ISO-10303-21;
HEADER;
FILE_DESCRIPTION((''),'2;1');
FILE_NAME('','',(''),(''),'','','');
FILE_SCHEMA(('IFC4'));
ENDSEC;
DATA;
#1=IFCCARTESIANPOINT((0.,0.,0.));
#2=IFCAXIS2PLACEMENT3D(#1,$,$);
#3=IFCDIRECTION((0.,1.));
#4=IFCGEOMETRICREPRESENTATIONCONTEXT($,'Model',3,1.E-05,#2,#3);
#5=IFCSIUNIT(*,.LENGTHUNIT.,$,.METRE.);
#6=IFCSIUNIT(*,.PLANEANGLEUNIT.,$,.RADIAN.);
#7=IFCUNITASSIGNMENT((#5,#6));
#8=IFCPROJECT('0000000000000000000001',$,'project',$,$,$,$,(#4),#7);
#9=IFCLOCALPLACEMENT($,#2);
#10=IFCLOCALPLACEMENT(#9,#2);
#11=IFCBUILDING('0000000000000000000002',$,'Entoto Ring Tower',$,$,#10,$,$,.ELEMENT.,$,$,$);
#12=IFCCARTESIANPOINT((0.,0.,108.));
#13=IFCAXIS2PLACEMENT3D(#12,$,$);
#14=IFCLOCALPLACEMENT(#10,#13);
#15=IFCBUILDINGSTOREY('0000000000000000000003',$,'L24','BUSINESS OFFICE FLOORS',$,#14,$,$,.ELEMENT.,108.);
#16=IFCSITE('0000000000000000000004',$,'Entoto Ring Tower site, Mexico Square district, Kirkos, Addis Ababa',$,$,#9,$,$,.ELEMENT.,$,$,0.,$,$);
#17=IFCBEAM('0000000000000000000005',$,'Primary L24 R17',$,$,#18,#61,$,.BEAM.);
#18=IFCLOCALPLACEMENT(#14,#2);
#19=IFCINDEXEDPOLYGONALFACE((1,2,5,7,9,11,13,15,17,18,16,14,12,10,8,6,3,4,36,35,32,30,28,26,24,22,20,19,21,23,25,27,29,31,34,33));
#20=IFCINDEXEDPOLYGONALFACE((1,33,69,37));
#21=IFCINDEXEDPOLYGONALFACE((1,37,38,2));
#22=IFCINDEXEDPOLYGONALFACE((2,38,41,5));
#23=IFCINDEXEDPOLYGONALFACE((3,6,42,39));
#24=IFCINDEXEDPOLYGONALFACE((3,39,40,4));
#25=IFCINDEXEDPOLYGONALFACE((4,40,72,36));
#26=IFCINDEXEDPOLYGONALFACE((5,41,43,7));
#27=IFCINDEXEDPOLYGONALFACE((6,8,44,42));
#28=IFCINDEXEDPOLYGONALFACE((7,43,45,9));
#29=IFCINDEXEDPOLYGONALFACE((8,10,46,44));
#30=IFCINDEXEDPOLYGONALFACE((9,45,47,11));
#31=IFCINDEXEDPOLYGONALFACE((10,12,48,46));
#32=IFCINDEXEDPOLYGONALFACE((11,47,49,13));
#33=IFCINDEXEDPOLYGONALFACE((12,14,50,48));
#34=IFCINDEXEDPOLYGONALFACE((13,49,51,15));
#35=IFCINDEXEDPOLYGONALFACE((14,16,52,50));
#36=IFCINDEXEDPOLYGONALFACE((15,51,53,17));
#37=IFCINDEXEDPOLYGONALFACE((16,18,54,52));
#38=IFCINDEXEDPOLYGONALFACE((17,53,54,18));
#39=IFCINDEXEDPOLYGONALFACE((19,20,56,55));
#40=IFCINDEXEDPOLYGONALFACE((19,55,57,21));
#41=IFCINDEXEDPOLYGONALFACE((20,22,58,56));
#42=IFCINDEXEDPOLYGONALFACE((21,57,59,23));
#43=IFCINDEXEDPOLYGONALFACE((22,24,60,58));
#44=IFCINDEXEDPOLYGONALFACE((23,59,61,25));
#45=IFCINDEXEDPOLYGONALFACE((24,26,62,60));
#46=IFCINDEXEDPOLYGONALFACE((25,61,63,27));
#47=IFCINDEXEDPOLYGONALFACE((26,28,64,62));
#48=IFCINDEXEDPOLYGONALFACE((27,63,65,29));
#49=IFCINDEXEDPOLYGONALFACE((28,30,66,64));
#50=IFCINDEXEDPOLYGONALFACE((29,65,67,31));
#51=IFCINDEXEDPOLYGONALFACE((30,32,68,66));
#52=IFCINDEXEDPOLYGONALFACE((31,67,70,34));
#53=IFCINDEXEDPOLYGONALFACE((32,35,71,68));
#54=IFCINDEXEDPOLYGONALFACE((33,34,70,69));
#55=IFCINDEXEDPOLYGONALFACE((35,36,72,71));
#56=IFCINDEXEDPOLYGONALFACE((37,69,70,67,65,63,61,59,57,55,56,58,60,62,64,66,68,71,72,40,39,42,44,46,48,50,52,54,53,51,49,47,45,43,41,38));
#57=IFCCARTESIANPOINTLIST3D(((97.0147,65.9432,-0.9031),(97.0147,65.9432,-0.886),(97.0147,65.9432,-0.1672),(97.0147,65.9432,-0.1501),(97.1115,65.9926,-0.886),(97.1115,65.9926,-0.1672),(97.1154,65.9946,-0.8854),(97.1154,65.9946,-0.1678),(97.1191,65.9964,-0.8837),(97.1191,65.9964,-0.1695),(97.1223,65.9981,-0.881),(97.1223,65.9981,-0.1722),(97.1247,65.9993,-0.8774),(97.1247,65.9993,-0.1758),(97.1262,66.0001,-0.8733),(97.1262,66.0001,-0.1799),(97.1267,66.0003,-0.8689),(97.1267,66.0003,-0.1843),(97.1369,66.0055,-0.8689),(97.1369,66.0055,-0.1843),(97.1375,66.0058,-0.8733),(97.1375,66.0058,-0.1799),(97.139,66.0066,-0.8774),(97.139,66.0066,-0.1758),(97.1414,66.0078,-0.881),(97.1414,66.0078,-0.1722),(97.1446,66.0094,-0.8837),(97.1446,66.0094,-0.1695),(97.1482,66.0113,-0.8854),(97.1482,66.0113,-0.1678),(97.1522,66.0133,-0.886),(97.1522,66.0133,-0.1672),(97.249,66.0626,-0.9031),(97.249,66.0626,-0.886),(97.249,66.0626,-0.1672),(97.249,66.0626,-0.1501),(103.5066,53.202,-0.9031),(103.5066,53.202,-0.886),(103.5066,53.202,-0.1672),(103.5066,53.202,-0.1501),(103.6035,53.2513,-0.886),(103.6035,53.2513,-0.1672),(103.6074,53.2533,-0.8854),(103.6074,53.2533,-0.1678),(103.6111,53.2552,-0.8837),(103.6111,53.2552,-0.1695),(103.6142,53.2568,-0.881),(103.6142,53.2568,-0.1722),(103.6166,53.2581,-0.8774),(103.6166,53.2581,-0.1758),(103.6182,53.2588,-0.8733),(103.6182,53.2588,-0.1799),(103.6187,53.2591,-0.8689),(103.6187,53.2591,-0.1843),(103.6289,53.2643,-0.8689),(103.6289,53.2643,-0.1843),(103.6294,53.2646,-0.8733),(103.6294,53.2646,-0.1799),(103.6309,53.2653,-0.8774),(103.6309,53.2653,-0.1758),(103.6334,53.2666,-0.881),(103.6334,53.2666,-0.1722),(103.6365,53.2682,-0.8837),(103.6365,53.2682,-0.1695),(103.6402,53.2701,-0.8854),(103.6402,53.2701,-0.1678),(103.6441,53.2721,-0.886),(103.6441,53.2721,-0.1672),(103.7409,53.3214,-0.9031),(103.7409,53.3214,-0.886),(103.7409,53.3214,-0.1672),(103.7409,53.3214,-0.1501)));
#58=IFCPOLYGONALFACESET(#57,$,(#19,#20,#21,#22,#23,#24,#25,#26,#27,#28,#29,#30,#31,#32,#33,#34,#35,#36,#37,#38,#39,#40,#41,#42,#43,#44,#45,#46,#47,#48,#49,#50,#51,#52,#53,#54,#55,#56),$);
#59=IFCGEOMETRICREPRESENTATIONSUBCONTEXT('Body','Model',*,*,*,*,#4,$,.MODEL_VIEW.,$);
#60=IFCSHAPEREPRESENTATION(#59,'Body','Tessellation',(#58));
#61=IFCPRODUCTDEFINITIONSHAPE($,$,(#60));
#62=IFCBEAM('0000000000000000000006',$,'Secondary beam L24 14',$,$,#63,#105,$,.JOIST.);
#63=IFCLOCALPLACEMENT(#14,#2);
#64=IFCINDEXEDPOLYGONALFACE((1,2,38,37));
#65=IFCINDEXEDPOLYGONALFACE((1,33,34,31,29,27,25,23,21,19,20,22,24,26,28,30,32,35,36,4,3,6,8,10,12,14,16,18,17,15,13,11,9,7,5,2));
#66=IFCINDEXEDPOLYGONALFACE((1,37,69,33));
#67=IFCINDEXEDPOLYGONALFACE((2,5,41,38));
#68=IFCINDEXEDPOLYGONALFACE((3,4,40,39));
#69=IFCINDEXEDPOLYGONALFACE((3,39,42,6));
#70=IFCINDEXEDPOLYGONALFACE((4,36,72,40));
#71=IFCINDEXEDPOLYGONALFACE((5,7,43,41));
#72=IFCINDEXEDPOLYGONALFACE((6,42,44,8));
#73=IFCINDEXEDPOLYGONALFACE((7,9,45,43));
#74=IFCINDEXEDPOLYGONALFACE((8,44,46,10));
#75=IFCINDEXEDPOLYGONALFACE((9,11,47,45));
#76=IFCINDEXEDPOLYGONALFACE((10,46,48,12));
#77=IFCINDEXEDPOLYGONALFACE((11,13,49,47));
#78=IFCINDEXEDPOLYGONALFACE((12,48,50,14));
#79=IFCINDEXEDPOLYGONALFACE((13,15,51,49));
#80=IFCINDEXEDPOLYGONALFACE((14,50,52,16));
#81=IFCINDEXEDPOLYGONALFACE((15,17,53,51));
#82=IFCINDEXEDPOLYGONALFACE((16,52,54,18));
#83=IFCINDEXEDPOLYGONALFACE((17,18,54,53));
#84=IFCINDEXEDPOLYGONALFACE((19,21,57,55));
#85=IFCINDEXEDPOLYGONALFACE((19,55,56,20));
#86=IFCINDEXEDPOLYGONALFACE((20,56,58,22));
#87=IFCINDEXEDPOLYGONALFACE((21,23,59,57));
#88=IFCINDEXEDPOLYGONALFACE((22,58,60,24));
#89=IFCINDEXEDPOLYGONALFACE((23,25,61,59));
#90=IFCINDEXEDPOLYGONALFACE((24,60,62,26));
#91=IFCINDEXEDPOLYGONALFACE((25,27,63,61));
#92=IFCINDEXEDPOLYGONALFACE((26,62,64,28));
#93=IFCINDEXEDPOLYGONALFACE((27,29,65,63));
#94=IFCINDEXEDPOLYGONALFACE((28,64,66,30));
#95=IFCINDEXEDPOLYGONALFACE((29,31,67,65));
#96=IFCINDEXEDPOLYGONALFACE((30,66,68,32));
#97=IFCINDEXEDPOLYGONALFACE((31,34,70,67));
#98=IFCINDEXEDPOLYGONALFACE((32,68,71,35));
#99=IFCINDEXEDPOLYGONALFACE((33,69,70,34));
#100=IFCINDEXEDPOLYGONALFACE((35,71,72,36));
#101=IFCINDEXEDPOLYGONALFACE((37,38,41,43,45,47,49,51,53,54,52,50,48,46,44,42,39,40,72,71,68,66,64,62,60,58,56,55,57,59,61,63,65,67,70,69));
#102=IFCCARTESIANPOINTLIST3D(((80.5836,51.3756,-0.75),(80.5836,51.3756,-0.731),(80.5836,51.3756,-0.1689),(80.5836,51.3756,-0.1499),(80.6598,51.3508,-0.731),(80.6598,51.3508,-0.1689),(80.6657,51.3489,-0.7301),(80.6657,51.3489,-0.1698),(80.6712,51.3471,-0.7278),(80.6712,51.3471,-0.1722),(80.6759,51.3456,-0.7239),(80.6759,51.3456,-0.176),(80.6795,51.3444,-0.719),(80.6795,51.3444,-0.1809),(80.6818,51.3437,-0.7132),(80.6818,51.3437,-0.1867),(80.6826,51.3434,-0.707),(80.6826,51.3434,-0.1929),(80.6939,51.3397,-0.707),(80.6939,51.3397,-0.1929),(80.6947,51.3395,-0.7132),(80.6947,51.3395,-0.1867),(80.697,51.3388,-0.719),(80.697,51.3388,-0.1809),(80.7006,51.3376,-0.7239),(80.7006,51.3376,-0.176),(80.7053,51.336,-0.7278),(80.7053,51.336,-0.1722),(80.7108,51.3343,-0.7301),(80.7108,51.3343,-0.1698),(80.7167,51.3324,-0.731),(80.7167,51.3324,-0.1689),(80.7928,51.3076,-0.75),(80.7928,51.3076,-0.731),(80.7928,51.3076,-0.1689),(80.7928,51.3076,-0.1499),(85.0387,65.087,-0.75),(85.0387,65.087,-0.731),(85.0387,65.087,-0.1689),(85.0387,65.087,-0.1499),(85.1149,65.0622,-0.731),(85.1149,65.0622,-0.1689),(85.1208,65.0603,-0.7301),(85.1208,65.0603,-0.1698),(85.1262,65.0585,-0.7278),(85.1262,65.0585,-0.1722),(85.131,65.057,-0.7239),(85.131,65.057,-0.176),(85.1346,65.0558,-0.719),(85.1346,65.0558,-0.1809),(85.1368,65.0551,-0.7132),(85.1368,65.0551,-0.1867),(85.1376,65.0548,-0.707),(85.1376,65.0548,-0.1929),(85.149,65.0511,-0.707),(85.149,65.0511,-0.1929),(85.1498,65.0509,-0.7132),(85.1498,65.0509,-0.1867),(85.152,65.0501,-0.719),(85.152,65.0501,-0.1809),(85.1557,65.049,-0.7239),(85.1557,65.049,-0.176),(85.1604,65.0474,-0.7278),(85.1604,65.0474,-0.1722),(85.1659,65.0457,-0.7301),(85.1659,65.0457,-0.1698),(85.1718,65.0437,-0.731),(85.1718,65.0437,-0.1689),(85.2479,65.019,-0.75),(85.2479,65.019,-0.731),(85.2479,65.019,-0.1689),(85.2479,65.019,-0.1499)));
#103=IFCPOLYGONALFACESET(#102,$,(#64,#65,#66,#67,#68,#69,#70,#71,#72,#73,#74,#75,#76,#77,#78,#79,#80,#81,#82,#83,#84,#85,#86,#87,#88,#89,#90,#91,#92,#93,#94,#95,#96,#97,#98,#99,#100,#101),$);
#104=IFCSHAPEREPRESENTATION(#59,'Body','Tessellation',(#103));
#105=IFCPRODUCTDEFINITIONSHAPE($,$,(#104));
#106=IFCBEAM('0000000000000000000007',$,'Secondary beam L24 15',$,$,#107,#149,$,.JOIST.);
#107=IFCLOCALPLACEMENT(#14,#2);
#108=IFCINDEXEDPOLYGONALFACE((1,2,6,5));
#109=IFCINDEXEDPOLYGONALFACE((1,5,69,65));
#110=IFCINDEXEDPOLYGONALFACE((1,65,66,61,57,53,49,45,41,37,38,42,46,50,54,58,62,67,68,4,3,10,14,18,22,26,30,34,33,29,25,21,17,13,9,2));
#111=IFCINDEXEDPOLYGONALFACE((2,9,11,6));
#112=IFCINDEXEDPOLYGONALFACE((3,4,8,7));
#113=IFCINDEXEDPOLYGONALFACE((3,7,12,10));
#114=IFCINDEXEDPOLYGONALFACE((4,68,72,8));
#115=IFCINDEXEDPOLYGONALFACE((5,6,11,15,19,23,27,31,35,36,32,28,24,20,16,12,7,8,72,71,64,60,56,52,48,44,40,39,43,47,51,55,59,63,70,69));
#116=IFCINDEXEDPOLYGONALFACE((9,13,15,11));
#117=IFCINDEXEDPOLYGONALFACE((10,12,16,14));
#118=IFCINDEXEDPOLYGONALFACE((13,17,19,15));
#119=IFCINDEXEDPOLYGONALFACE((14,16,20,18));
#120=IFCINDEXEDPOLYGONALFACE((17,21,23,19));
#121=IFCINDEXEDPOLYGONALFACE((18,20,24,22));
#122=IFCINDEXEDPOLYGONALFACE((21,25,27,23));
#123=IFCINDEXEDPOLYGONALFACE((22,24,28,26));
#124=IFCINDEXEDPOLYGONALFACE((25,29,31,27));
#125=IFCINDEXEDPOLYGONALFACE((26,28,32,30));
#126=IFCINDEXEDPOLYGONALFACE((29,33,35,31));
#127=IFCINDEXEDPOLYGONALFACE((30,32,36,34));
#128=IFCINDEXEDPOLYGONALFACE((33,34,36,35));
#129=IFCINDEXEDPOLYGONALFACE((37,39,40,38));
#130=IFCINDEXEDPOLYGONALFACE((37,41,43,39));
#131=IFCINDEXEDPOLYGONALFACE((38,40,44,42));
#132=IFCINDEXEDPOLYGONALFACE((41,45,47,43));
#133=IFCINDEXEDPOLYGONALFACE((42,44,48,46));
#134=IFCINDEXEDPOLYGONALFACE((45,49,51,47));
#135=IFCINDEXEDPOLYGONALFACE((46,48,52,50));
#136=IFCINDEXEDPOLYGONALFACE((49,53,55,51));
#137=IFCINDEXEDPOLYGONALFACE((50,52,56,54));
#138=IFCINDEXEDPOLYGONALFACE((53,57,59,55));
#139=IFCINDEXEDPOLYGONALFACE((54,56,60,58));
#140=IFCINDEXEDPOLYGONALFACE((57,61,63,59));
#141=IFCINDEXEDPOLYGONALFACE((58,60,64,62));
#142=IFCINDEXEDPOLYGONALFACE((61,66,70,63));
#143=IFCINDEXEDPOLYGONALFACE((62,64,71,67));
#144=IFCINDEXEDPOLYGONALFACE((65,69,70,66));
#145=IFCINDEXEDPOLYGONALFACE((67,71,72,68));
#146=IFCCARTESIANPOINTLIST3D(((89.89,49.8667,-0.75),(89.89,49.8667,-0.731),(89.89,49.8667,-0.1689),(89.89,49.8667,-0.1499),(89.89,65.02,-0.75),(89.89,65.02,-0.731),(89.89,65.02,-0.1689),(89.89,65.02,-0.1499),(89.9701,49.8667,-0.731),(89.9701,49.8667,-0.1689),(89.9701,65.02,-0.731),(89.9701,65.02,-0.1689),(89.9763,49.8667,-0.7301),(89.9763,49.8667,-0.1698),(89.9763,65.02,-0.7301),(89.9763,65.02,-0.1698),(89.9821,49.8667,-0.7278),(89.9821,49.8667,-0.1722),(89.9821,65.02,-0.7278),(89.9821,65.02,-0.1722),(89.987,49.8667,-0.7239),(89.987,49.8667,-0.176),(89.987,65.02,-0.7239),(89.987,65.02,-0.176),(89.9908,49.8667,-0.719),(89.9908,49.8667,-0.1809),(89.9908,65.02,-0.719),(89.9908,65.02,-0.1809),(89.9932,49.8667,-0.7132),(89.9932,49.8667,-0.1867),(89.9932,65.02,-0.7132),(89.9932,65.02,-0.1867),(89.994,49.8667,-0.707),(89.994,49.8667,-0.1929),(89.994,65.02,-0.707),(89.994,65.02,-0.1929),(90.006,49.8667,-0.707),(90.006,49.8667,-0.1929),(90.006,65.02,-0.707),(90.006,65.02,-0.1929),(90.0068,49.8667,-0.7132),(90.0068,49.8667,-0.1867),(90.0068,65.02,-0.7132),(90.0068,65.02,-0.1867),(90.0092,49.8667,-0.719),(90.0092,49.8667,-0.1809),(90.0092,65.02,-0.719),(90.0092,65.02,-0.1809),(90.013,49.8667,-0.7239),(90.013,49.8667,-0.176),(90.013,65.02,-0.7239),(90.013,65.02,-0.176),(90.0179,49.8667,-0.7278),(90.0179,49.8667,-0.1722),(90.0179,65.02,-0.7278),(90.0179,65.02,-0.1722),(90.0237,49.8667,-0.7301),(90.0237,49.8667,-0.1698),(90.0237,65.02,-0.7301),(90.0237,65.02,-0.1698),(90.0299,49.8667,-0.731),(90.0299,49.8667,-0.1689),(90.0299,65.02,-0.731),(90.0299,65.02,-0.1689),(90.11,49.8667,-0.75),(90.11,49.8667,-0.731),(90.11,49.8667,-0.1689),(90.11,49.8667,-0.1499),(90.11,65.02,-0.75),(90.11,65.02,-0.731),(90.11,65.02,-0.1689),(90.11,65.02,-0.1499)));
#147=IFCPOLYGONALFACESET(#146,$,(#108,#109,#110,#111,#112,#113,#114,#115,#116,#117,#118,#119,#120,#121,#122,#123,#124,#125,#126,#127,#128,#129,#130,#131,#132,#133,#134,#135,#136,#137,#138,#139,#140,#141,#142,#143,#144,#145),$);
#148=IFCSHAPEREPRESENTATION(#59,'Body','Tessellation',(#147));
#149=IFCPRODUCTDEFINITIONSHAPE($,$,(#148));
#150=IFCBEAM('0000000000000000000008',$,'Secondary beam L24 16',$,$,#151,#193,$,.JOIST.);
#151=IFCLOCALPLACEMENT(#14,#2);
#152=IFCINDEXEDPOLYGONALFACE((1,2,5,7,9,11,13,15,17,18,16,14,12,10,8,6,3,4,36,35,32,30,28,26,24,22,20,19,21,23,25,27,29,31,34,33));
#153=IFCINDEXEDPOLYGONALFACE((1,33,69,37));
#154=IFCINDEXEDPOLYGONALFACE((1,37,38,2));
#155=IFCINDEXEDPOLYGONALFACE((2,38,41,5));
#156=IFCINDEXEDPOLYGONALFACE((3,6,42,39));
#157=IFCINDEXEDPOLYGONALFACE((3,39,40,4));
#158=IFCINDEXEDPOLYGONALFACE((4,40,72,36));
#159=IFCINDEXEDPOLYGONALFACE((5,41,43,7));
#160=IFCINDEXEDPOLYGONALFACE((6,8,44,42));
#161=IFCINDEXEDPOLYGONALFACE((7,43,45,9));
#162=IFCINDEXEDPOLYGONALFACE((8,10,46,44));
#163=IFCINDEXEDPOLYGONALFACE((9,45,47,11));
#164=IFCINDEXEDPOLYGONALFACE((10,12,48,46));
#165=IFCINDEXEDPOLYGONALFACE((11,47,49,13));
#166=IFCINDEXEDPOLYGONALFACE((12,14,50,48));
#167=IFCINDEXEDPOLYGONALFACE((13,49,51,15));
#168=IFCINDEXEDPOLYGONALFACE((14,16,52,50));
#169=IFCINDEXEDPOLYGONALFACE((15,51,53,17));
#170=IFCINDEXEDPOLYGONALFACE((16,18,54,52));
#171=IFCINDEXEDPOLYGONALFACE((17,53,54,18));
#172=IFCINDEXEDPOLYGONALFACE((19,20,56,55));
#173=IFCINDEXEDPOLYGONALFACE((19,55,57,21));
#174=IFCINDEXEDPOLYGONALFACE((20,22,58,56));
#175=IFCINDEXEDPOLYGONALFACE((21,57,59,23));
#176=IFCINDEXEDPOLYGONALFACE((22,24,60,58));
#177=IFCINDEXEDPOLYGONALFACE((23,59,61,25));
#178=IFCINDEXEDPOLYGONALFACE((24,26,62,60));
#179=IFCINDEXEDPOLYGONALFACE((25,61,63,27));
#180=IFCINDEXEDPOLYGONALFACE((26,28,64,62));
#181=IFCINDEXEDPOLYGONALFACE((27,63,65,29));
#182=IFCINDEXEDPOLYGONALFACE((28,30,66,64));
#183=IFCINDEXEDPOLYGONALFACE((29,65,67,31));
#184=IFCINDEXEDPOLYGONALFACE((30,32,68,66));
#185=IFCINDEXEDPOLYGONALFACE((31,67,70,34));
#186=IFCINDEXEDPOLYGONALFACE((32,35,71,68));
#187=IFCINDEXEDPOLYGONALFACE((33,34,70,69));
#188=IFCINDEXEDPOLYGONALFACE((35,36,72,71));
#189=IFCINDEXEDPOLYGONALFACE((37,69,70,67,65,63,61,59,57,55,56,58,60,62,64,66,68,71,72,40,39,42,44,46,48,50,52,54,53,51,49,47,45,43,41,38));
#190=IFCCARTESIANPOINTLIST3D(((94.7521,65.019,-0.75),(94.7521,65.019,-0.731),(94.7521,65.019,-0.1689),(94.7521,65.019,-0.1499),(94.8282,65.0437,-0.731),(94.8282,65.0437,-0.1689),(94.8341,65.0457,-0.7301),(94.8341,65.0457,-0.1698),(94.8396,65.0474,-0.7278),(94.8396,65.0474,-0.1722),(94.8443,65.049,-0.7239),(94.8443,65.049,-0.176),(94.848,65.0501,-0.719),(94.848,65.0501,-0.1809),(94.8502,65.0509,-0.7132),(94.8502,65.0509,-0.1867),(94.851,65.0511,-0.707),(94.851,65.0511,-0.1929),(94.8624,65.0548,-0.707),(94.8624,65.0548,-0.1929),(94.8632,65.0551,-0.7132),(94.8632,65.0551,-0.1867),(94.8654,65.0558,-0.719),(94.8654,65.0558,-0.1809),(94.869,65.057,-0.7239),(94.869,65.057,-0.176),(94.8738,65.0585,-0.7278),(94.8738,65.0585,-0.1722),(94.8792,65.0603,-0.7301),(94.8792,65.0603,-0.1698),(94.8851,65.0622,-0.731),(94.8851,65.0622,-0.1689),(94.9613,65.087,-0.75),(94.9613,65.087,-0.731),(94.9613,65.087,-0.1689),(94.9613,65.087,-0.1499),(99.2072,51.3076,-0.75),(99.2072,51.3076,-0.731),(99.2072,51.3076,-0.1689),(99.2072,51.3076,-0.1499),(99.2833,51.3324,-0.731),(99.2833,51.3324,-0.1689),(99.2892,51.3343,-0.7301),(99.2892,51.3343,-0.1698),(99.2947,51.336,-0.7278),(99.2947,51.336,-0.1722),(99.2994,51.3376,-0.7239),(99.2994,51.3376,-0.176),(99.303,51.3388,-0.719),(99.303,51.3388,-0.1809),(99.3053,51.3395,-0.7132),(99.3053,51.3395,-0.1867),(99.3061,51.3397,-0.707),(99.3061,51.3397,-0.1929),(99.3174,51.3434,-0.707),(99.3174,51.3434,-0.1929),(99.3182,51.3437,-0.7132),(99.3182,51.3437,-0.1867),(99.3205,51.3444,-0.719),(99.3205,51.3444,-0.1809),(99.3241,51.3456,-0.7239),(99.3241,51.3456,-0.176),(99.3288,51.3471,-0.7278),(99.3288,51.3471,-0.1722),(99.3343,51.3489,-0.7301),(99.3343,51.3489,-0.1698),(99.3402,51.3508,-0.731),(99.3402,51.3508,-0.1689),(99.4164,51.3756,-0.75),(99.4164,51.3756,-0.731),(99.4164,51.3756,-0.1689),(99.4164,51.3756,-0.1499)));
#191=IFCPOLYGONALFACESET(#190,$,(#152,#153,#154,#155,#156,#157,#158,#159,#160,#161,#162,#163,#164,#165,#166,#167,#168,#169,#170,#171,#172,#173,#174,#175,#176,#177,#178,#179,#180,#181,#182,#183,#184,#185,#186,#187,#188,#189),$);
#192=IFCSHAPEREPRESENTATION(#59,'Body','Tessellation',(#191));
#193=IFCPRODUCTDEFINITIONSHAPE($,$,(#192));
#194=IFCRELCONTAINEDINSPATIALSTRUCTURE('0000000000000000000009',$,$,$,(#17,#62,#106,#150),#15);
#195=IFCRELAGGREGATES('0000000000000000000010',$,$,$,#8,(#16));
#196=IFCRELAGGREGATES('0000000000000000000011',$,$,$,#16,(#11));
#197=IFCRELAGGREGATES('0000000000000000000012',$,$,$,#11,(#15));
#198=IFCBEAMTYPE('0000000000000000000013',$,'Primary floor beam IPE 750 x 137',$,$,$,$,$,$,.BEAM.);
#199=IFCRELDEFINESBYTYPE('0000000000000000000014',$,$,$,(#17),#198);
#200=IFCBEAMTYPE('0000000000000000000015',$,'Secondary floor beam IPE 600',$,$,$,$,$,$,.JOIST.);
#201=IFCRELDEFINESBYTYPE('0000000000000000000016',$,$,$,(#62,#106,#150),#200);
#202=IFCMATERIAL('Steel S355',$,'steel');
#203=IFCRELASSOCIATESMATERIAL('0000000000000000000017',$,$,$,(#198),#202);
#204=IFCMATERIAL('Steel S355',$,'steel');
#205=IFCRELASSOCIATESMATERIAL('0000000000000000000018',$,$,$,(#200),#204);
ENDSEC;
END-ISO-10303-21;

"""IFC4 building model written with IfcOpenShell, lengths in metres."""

from ifc_helpers import new_model, si_unit, direction, frame, origin, origin_2d, place, context, subcontext, project, spatial, i_section, extrude, material, material_profile, profile_set, type_object, element, save


model = new_model("IFC4")

# Units and contexts
model_context = context("Model", 3, precision=1e-05, world=origin(), true_north=direction((0.0, 1.0)))
body_context = subcontext(model_context, "Body", "Model", "MODEL_VIEW")
ifc_project = project(units=[si_unit("LENGTHUNIT", "METRE"), si_unit("PLANEANGLEUNIT", "RADIAN")], contexts=[model_context])

# Site, building, storey
site_placement = place(None, origin())
site = spatial("IfcSite", under=ifc_project, at=site_placement, Name="Entoto Ring Tower site, Mexico Square district, Kirkos, Addis Ababa", CompositionType="ELEMENT", RefElevation=0.0)
building_placement = place(site_placement, origin())
building = spatial("IfcBuilding", under=site, at=building_placement, Name="Entoto Ring Tower", CompositionType="ELEMENT")
storey_placement = place(building_placement, frame((0.0, 0.0, 108.0)))
storey = spatial("IfcBuildingStorey", under=building, at=storey_placement, Name="L24", Description="BUSINESS OFFICE FLOORS", CompositionType="ELEMENT", Elevation=108.0)

# Beams
ifc_material_1 = material(Name="Steel S355", Category="steel")
ifc_material_profile_1 = material_profile(ifc_material_1, i_section(OverallWidth=0.2629, OverallDepth=0.7529, WebThickness=0.0115, FlangeThickness=0.0171, FilletRadius=0.0171, at=origin_2d()), Name="IPE 750 x 137")
ifc_profile_set_1 = profile_set([ifc_material_profile_1], Name="Steel S355")
beam_type_1 = type_object("IfcBeamType", Name="Primary floor beam IPE 750 x 137", PredefinedType="BEAM", material=ifc_profile_set_1)
beam_1_placement = place(storey_placement, frame((97.1318, 66.0029, -0.5266), z_axis=(0.453989, -0.891007, 0.0), x_axis=(0.891007, 0.453989, 0.0)))
element("IfcBeam", 1, at=beam_1_placement, inside=storey, type_object=beam_type_1, Name="Primary L24 R17", PredefinedType="BEAM", context=body_context, shape_type="SweptSolid", body=[
    extrude(i_section(OverallWidth=0.2629, OverallDepth=0.7529, WebThickness=0.0115, FlangeThickness=0.0171, FilletRadius=0.0171, at=origin_2d()), origin(), (0.0, 0.0, 1.0), 14.2998),
])
ifc_material_2 = material(Name="Steel S355", Category="steel")
ifc_material_profile_2 = material_profile(ifc_material_2, i_section(OverallWidth=0.22, OverallDepth=0.6001, WebThickness=0.012, FlangeThickness=0.019, FilletRadius=0.0239, at=origin_2d()), Name="IPE 600")
ifc_profile_set_2 = profile_set([ifc_material_profile_2], Name="Steel S355")
beam_type_2 = type_object("IfcBeamType", Name="Secondary floor beam IPE 600", PredefinedType="JOIST", material=ifc_profile_set_2)
beam_2_placement = place(storey_placement, frame((85.1433, 65.053, -0.45), z_axis=(-0.309015, -0.951057, 0.0), x_axis=(0.951057, -0.309015, 0.0)))
element("IfcBeam", 2, at=beam_2_placement, inside=storey, type_object=beam_type_2, Name="Secondary beam L24 14", PredefinedType="JOIST", context=body_context, shape_type="SweptSolid", body=[
    extrude(i_section(OverallWidth=0.22, OverallDepth=0.6001, WebThickness=0.012, FlangeThickness=0.019, FilletRadius=0.0239, at=origin_2d()), origin(), (0.0, 0.0, 1.0), 14.417),
])
beam_3_placement = place(storey_placement, frame((90.0, 65.02, -0.45), z_axis=(0.0, -1.0, 0.0), x_axis=(1.0, 0.0, 0.0)))
element("IfcBeam", 3, at=beam_3_placement, inside=storey, type_object=beam_type_2, Name="Secondary beam L24 15", PredefinedType="JOIST", context=body_context, shape_type="SweptSolid", body=[
    extrude(i_section(OverallWidth=0.22, OverallDepth=0.6001, WebThickness=0.012, FlangeThickness=0.019, FilletRadius=0.0239, at=origin_2d()), origin(), (0.0, 0.0, 1.0), 15.1533),
])
beam_4_placement = place(storey_placement, frame((94.8567, 65.053, -0.45), z_axis=(0.309015, -0.951057, 0.0), x_axis=(0.951057, 0.309015, 0.0)))
element("IfcBeam", 4, at=beam_4_placement, inside=storey, type_object=beam_type_2, Name="Secondary beam L24 16", PredefinedType="JOIST", context=body_context, shape_type="SweptSolid", body=[
    extrude(i_section(OverallWidth=0.22, OverallDepth=0.6001, WebThickness=0.012, FlangeThickness=0.019, FilletRadius=0.0239, at=origin_2d()), origin(), (0.0, 0.0, 1.0), 14.417),
])

save(model, "model.ifc")
